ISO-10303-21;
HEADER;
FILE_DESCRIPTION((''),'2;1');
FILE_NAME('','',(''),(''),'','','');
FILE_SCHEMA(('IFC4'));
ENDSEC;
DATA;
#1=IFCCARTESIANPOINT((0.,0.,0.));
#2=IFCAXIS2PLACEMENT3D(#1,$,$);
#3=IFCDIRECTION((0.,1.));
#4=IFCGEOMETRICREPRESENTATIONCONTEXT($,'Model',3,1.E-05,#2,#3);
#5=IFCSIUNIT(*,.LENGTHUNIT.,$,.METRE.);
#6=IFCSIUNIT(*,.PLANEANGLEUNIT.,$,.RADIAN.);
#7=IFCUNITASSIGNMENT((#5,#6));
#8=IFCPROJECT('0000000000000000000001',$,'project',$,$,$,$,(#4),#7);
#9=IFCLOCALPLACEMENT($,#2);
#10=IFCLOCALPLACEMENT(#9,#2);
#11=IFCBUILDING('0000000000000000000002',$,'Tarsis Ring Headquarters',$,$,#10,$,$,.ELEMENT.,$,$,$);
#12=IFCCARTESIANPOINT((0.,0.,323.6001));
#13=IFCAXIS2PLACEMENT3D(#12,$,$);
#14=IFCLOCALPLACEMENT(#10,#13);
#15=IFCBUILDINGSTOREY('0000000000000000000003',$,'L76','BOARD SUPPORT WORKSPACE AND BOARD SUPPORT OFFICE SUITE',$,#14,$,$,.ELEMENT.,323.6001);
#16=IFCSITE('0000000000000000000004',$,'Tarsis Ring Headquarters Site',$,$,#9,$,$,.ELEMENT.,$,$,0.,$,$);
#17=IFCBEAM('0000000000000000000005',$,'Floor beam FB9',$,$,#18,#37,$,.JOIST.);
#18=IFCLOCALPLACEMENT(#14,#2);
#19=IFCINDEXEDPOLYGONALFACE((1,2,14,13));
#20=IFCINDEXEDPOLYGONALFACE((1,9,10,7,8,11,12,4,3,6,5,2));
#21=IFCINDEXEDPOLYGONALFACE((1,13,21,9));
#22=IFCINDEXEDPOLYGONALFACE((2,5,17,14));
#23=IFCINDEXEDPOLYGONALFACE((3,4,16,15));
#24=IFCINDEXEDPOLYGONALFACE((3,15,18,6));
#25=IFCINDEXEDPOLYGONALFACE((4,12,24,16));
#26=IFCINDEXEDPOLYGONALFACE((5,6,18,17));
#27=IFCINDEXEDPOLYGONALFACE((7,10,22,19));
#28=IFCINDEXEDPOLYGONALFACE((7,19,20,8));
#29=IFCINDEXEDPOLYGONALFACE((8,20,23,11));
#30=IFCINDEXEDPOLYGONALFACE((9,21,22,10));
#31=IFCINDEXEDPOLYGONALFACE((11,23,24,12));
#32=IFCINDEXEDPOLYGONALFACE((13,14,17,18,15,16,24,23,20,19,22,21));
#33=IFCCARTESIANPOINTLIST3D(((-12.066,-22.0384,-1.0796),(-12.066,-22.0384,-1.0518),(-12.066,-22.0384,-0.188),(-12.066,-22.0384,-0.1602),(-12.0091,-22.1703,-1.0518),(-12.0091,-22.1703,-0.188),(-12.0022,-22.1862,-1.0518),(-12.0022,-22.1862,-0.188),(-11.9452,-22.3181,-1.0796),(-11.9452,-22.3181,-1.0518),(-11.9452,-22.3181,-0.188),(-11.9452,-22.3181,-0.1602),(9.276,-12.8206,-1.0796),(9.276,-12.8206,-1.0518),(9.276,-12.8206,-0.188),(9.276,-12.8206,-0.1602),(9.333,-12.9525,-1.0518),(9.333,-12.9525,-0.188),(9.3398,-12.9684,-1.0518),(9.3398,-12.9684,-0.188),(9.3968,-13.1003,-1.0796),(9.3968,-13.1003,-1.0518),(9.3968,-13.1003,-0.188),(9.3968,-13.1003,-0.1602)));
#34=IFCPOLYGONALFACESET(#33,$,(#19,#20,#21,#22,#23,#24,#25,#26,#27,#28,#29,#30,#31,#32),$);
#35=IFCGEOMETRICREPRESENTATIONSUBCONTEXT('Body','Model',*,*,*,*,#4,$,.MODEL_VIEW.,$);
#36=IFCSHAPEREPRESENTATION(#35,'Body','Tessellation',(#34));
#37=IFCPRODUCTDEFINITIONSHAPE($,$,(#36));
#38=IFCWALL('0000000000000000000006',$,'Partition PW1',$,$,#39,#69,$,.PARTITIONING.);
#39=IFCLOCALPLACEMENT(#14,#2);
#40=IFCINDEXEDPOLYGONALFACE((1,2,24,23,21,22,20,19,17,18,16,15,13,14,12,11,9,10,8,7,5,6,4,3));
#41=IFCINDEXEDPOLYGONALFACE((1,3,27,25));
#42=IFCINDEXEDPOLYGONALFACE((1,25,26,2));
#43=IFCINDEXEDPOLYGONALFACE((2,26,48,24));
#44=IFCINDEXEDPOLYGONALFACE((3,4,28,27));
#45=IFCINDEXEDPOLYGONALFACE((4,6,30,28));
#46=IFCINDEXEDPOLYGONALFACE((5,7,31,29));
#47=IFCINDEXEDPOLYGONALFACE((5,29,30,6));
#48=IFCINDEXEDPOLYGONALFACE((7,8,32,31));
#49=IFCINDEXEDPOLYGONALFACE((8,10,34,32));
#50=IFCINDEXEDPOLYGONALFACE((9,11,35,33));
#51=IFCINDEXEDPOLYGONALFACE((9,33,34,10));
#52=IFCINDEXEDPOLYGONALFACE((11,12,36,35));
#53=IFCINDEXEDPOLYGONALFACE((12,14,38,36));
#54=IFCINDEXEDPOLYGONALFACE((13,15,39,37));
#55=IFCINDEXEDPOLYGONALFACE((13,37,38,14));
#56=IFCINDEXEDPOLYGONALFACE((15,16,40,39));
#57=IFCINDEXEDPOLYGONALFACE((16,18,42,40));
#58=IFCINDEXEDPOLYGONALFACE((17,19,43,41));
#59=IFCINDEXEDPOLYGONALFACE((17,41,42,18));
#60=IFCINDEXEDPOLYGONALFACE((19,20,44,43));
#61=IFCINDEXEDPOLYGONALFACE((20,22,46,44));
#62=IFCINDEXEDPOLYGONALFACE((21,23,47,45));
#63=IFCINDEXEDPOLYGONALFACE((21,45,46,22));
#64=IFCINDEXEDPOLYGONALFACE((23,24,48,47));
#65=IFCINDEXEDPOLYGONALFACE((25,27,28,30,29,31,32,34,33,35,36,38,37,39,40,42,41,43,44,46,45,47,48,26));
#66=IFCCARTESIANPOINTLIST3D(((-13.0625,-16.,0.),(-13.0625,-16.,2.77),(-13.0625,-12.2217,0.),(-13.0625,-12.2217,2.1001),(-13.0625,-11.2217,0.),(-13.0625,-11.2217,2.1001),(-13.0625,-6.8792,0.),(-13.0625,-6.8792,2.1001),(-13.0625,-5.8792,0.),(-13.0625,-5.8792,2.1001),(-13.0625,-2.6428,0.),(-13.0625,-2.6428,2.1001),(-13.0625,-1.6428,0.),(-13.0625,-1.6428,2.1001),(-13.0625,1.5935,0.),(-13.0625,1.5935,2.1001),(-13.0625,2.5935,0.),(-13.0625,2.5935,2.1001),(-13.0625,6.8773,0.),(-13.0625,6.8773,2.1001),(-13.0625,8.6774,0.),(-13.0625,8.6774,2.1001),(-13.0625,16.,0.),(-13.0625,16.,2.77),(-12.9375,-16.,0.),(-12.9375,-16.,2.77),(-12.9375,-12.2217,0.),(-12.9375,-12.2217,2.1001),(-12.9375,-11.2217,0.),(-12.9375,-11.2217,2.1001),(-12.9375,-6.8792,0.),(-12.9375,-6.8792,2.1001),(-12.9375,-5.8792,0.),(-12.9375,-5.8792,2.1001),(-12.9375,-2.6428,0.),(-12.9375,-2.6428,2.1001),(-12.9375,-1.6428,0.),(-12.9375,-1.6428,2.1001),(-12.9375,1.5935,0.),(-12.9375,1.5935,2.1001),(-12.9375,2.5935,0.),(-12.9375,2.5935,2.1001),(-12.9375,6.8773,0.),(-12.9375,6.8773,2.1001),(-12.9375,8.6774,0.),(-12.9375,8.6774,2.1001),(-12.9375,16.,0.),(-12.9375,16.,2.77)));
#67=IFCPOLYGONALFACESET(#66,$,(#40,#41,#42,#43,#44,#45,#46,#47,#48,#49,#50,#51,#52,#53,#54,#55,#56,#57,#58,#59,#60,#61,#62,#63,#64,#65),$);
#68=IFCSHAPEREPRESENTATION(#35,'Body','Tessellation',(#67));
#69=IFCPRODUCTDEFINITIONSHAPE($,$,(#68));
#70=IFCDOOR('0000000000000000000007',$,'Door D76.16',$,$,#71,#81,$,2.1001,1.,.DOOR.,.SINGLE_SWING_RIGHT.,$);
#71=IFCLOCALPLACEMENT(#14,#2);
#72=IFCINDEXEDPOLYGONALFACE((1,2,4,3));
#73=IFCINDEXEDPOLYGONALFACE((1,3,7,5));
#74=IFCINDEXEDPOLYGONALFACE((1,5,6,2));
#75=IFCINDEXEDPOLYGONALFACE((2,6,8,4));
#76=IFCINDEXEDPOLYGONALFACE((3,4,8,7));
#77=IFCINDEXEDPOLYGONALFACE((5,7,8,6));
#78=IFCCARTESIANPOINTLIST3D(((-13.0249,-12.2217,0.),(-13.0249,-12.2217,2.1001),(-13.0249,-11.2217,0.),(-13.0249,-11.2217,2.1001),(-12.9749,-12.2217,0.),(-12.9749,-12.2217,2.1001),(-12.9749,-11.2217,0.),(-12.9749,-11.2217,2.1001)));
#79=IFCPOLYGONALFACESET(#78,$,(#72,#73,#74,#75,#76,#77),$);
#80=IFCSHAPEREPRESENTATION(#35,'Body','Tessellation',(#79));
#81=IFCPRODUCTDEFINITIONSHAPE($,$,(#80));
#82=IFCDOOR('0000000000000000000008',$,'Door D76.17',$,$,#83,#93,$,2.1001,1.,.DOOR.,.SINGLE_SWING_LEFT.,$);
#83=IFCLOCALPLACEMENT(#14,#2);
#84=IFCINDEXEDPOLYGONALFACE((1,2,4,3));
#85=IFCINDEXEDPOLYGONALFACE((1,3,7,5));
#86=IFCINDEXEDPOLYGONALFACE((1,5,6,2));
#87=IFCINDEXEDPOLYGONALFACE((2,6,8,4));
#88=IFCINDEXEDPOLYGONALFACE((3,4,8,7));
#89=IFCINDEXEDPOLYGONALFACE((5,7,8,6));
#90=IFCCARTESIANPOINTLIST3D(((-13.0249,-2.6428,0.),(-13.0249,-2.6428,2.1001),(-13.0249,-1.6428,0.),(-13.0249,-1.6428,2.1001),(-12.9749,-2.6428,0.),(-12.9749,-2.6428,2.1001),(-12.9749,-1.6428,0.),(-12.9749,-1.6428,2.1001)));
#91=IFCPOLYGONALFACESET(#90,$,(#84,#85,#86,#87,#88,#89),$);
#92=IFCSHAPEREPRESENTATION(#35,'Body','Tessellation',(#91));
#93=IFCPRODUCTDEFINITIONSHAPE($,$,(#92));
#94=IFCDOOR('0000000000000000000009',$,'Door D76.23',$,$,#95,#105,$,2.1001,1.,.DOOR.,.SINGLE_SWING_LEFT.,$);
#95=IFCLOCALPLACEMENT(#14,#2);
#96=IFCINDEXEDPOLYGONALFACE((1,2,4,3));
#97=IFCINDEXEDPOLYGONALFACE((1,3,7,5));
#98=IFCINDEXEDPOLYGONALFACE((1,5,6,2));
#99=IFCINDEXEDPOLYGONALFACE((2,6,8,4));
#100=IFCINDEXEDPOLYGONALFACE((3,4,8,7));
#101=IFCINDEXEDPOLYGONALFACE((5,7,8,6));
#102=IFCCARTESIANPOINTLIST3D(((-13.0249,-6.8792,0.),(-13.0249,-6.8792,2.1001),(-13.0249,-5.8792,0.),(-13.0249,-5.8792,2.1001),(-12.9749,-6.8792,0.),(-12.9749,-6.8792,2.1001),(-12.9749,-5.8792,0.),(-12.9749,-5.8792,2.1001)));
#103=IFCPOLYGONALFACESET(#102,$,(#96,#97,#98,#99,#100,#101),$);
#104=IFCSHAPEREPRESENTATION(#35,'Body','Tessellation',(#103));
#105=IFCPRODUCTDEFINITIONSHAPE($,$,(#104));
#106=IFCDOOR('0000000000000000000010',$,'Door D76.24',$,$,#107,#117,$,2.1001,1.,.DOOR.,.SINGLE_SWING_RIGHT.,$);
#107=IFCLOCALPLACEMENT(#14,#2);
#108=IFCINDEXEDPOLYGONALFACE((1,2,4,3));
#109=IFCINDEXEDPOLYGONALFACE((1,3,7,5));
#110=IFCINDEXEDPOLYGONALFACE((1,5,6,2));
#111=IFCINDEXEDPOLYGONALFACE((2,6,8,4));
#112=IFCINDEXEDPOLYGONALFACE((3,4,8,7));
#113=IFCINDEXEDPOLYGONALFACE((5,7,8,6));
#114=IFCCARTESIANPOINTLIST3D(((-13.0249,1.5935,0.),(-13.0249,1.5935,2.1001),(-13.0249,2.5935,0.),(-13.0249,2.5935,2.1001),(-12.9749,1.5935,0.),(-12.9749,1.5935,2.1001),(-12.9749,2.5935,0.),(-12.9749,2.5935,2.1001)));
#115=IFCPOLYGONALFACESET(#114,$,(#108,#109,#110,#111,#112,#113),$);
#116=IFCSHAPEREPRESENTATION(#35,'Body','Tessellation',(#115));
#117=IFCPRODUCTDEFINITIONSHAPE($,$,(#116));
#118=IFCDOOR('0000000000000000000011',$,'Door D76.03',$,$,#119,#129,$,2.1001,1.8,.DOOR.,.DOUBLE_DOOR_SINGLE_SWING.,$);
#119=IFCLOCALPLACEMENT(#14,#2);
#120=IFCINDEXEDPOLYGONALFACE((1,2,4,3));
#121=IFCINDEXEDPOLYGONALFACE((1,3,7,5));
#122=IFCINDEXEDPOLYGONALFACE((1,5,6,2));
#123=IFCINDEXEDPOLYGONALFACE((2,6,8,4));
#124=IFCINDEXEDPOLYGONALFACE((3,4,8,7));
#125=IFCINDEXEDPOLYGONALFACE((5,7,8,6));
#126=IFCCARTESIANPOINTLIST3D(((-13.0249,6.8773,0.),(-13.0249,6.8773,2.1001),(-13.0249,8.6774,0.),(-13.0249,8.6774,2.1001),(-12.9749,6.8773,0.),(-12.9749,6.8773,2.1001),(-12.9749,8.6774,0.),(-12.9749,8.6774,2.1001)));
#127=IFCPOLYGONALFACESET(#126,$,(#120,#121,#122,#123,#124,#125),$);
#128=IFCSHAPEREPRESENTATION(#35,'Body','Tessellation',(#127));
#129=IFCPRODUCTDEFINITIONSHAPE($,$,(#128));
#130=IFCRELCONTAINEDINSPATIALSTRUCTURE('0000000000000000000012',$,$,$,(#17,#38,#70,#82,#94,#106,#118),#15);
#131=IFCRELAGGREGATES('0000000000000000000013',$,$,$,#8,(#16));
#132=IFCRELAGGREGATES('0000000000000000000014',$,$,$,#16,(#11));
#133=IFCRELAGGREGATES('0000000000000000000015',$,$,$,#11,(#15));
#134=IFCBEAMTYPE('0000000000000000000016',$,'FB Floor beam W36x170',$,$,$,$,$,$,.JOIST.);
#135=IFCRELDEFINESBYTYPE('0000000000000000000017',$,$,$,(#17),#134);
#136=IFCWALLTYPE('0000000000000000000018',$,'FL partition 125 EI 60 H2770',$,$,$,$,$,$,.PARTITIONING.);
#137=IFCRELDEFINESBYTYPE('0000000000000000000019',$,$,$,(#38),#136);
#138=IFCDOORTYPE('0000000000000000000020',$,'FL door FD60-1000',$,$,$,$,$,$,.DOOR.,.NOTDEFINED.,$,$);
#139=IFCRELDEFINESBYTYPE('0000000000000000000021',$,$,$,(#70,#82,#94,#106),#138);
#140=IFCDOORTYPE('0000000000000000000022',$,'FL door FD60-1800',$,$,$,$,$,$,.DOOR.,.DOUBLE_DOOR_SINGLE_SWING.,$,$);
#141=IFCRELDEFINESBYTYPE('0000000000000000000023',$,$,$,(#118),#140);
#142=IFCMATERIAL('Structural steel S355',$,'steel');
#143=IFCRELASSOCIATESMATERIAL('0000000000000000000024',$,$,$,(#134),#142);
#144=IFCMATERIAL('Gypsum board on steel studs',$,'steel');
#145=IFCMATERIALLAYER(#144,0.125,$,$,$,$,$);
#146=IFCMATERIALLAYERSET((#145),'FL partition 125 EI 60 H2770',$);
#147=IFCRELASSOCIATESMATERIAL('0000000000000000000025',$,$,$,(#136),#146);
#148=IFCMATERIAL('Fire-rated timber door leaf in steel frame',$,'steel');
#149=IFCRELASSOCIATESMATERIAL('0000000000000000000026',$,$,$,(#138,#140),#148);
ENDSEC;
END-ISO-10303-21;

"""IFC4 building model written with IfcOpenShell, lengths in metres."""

from ifc_helpers import new_model, si_unit, direction, frame, frame_2d, origin, origin_2d, place, context, subcontext, project, spatial, rectangle, i_section, extrude, material, layer, layer_set, material_profile, profile_set, type_object, element, fill, save


model = new_model("IFC4")

# Units and contexts
model_context = context("Model", 3, precision=1e-05, world=origin(), true_north=direction((0.0, 1.0)))
body_context = subcontext(model_context, "Body", "Model", "MODEL_VIEW")
ifc_project = project(units=[si_unit("LENGTHUNIT", "METRE"), si_unit("PLANEANGLEUNIT", "RADIAN")], contexts=[model_context])

# Site, building, storey
site_placement = place(None, origin())
site = spatial("IfcSite", under=ifc_project, at=site_placement, Name="Tarsis Ring Headquarters Site", CompositionType="ELEMENT", RefElevation=0.0)
building_placement = place(site_placement, origin())
building = spatial("IfcBuilding", under=site, at=building_placement, Name="Tarsis Ring Headquarters", CompositionType="ELEMENT")
storey_placement = place(building_placement, frame((0.0, 0.0, 323.6001)))
storey = spatial("IfcBuildingStorey", under=building, at=storey_placement, Name="L76", Description="BOARD SUPPORT WORKSPACE AND BOARD SUPPORT OFFICE SUITE", CompositionType="ELEMENT", Elevation=323.6001)

# Beam
ifc_material_1 = material(Name="Structural steel S355", Category="steel")
ifc_material_profile = material_profile(ifc_material_1, i_section(OverallWidth=0.3047, OverallDepth=0.9194, WebThickness=0.0173, FlangeThickness=0.0278, at=origin_2d()), Name="W36x170")
ifc_profile_set = profile_set([ifc_material_profile], Name="Structural steel S355")
beam_type = type_object("IfcBeamType", Name="FB Floor beam W36x170", PredefinedType="JOIST", material=ifc_profile_set)
beam_placement = place(storey_placement, frame((-12.0056, -22.1782, -0.6199), z_axis=(0.918033, 0.396505, 0.0), x_axis=(-0.396505, 0.918033, 0.0)))
element("IfcBeam", 1, at=beam_placement, inside=storey, type_object=beam_type, Name="Floor beam FB9", PredefinedType="JOIST", context=body_context, shape_type="SweptSolid", body=[
    extrude(i_section(OverallWidth=0.3047, OverallDepth=0.9194, WebThickness=0.0173, FlangeThickness=0.0278, at=origin_2d()), origin(), (0.0, 0.0, 1.0), 23.2476),
])

# Wall, openings, doors
ifc_material_2 = material(Name="Gypsum board on steel studs", Category="steel")
ifc_layer_1 = layer(ifc_material_2, 0.125)
ifc_layer_set_1 = layer_set([ifc_layer_1], Name="FL partition 125 EI 60 H2770")
wall_type_1 = type_object("IfcWallType", Name="FL partition 125 EI 60 H2770", PredefinedType="PARTITIONING", material=ifc_layer_set_1)
wall_1_placement = place(storey_placement, frame((-13.0, -16.0, 0.0), z_axis=(0.0, 0.0, 1.0), x_axis=(0.0, 1.0, 0.0)))
wall_1 = element("IfcWall", 2, at=wall_1_placement, inside=storey, type_object=wall_type_1, Name="Partition PW1", PredefinedType="PARTITIONING", context=body_context, shape_type="SweptSolid", body=[
    extrude(rectangle(XDim=32.0, YDim=0.125, at=frame_2d((16.0, 0.0))), origin(), (0.0, 0.0, 1.0), 2.77),
])
opening_1_placement = place(wall_1_placement, frame((22.8774, 0.0, 0.0)))
opening_1 = element("IfcOpeningElement", 3, at=opening_1_placement, cuts=wall_1, PredefinedType="OPENING", context=body_context, shape_type="SweptSolid", body=[
    extrude(rectangle(XDim=1.8, YDim=2.1001, at=frame_2d((0.8999, 1.05))), frame((0.0, 0.0725, 0.0), z_axis=(0.0, -1.0, 0.0), x_axis=(1.0, 0.0, 0.0)), (0.0, 0.0, 1.0), 0.145),
])
opening_2_placement = place(wall_1_placement, frame((3.7783, 0.0, 0.0)))
opening_2 = element("IfcOpeningElement", 4, at=opening_2_placement, cuts=wall_1, PredefinedType="OPENING", context=body_context, shape_type="SweptSolid", body=[
    extrude(rectangle(XDim=1.0, YDim=2.1001, at=frame_2d((0.5, 1.05))), frame((0.0, 0.0725, 0.0), z_axis=(0.0, -1.0, 0.0), x_axis=(1.0, 0.0, 0.0)), (0.0, 0.0, 1.0), 0.145),
])
opening_3_placement = place(wall_1_placement, frame((13.3572, 0.0, 0.0)))
opening_3 = element("IfcOpeningElement", 5, at=opening_3_placement, cuts=wall_1, PredefinedType="OPENING", context=body_context, shape_type="SweptSolid", body=[
    extrude(rectangle(XDim=1.0, YDim=2.1001, at=frame_2d((0.5, 1.05))), frame((0.0, 0.0725, 0.0), z_axis=(0.0, -1.0, 0.0), x_axis=(1.0, 0.0, 0.0)), (0.0, 0.0, 1.0), 0.145),
])
opening_4_placement = place(wall_1_placement, frame((9.1208, 0.0, 0.0)))
opening_4 = element("IfcOpeningElement", 6, at=opening_4_placement, cuts=wall_1, PredefinedType="OPENING", context=body_context, shape_type="SweptSolid", body=[
    extrude(rectangle(XDim=1.0, YDim=2.1001, at=frame_2d((0.5, 1.05))), frame((0.0, 0.0725, 0.0), z_axis=(0.0, -1.0, 0.0), x_axis=(1.0, 0.0, 0.0)), (0.0, 0.0, 1.0), 0.145),
])
opening_5_placement = place(wall_1_placement, frame((17.5935, 0.0, 0.0)))
opening_5 = element("IfcOpeningElement", 7, at=opening_5_placement, cuts=wall_1, PredefinedType="OPENING", context=body_context, shape_type="SweptSolid", body=[
    extrude(rectangle(XDim=1.0, YDim=2.1001, at=frame_2d((0.5, 1.05))), frame((0.0, 0.0725, 0.0), z_axis=(0.0, -1.0, 0.0), x_axis=(1.0, 0.0, 0.0)), (0.0, 0.0, 1.0), 0.145),
])
ifc_material_3 = material(Name="Fire-rated timber door leaf in steel frame", Category="steel")
door_type_1 = type_object("IfcDoorType", Name="FL door FD60-1000", OperationType="NOTDEFINED", PredefinedType="DOOR", material=ifc_material_3)
door_1_placement = place(opening_2_placement, origin())
door_1 = element("IfcDoor", 8, at=door_1_placement, inside=storey, type_object=door_type_1, Name="Door D76.16", OperationType="SINGLE_SWING_RIGHT", OverallHeight=2.1001, OverallWidth=1.0, PredefinedType="DOOR", context=body_context, shape_type="SweptSolid", body=[
    extrude(rectangle(XDim=1.0, YDim=2.1001, at=frame_2d((0.5, 1.05))), frame((0.0, 0.0249, 0.0), z_axis=(0.0, -1.0, 0.0), x_axis=(1.0, 0.0, 0.0)), (0.0, 0.0, 1.0), 0.05),
])
fill(opening_2, door_1)
door_2_placement = place(opening_3_placement, origin())
door_2 = element("IfcDoor", 9, at=door_2_placement, inside=storey, type_object=door_type_1, Name="Door D76.17", OperationType="SINGLE_SWING_LEFT", OverallHeight=2.1001, OverallWidth=1.0, PredefinedType="DOOR", context=body_context, shape_type="SweptSolid", body=[
    extrude(rectangle(XDim=1.0, YDim=2.1001, at=frame_2d((0.5, 1.05))), frame((0.0, 0.0249, 0.0), z_axis=(0.0, -1.0, 0.0), x_axis=(1.0, 0.0, 0.0)), (0.0, 0.0, 1.0), 0.05),
])
fill(opening_3, door_2)
door_3_placement = place(opening_4_placement, origin())
door_3 = element("IfcDoor", 10, at=door_3_placement, inside=storey, type_object=door_type_1, Name="Door D76.23", OperationType="SINGLE_SWING_LEFT", OverallHeight=2.1001, OverallWidth=1.0, PredefinedType="DOOR", context=body_context, shape_type="SweptSolid", body=[
    extrude(rectangle(XDim=1.0, YDim=2.1001, at=frame_2d((0.5, 1.05))), frame((0.0, 0.0249, 0.0), z_axis=(0.0, -1.0, 0.0), x_axis=(1.0, 0.0, 0.0)), (0.0, 0.0, 1.0), 0.05),
])
fill(opening_4, door_3)
door_4_placement = place(opening_5_placement, origin())
door_4 = element("IfcDoor", 11, at=door_4_placement, inside=storey, type_object=door_type_1, Name="Door D76.24", OperationType="SINGLE_SWING_RIGHT", OverallHeight=2.1001, OverallWidth=1.0, PredefinedType="DOOR", context=body_context, shape_type="SweptSolid", body=[
    extrude(rectangle(XDim=1.0, YDim=2.1001, at=frame_2d((0.5, 1.05))), frame((0.0, 0.0249, 0.0), z_axis=(0.0, -1.0, 0.0), x_axis=(1.0, 0.0, 0.0)), (0.0, 0.0, 1.0), 0.05),
])
fill(opening_5, door_4)
door_type_2 = type_object("IfcDoorType", Name="FL door FD60-1800", OperationType="DOUBLE_DOOR_SINGLE_SWING", PredefinedType="DOOR", material=ifc_material_3)
door_5_placement = place(opening_1_placement, origin())
door_5 = element("IfcDoor", 12, at=door_5_placement, inside=storey, type_object=door_type_2, Name="Door D76.03", OperationType="DOUBLE_DOOR_SINGLE_SWING", OverallHeight=2.1001, OverallWidth=1.8, PredefinedType="DOOR", context=body_context, shape_type="SweptSolid", body=[
    extrude(rectangle(XDim=1.8, YDim=2.1001, at=frame_2d((0.8999, 1.05))), frame((0.0, 0.0249, 0.0), z_axis=(0.0, -1.0, 0.0), x_axis=(1.0, 0.0, 0.0)), (0.0, 0.0, 1.0), 0.05),
])
fill(opening_1, door_5)

save(model, "model.ifc")
